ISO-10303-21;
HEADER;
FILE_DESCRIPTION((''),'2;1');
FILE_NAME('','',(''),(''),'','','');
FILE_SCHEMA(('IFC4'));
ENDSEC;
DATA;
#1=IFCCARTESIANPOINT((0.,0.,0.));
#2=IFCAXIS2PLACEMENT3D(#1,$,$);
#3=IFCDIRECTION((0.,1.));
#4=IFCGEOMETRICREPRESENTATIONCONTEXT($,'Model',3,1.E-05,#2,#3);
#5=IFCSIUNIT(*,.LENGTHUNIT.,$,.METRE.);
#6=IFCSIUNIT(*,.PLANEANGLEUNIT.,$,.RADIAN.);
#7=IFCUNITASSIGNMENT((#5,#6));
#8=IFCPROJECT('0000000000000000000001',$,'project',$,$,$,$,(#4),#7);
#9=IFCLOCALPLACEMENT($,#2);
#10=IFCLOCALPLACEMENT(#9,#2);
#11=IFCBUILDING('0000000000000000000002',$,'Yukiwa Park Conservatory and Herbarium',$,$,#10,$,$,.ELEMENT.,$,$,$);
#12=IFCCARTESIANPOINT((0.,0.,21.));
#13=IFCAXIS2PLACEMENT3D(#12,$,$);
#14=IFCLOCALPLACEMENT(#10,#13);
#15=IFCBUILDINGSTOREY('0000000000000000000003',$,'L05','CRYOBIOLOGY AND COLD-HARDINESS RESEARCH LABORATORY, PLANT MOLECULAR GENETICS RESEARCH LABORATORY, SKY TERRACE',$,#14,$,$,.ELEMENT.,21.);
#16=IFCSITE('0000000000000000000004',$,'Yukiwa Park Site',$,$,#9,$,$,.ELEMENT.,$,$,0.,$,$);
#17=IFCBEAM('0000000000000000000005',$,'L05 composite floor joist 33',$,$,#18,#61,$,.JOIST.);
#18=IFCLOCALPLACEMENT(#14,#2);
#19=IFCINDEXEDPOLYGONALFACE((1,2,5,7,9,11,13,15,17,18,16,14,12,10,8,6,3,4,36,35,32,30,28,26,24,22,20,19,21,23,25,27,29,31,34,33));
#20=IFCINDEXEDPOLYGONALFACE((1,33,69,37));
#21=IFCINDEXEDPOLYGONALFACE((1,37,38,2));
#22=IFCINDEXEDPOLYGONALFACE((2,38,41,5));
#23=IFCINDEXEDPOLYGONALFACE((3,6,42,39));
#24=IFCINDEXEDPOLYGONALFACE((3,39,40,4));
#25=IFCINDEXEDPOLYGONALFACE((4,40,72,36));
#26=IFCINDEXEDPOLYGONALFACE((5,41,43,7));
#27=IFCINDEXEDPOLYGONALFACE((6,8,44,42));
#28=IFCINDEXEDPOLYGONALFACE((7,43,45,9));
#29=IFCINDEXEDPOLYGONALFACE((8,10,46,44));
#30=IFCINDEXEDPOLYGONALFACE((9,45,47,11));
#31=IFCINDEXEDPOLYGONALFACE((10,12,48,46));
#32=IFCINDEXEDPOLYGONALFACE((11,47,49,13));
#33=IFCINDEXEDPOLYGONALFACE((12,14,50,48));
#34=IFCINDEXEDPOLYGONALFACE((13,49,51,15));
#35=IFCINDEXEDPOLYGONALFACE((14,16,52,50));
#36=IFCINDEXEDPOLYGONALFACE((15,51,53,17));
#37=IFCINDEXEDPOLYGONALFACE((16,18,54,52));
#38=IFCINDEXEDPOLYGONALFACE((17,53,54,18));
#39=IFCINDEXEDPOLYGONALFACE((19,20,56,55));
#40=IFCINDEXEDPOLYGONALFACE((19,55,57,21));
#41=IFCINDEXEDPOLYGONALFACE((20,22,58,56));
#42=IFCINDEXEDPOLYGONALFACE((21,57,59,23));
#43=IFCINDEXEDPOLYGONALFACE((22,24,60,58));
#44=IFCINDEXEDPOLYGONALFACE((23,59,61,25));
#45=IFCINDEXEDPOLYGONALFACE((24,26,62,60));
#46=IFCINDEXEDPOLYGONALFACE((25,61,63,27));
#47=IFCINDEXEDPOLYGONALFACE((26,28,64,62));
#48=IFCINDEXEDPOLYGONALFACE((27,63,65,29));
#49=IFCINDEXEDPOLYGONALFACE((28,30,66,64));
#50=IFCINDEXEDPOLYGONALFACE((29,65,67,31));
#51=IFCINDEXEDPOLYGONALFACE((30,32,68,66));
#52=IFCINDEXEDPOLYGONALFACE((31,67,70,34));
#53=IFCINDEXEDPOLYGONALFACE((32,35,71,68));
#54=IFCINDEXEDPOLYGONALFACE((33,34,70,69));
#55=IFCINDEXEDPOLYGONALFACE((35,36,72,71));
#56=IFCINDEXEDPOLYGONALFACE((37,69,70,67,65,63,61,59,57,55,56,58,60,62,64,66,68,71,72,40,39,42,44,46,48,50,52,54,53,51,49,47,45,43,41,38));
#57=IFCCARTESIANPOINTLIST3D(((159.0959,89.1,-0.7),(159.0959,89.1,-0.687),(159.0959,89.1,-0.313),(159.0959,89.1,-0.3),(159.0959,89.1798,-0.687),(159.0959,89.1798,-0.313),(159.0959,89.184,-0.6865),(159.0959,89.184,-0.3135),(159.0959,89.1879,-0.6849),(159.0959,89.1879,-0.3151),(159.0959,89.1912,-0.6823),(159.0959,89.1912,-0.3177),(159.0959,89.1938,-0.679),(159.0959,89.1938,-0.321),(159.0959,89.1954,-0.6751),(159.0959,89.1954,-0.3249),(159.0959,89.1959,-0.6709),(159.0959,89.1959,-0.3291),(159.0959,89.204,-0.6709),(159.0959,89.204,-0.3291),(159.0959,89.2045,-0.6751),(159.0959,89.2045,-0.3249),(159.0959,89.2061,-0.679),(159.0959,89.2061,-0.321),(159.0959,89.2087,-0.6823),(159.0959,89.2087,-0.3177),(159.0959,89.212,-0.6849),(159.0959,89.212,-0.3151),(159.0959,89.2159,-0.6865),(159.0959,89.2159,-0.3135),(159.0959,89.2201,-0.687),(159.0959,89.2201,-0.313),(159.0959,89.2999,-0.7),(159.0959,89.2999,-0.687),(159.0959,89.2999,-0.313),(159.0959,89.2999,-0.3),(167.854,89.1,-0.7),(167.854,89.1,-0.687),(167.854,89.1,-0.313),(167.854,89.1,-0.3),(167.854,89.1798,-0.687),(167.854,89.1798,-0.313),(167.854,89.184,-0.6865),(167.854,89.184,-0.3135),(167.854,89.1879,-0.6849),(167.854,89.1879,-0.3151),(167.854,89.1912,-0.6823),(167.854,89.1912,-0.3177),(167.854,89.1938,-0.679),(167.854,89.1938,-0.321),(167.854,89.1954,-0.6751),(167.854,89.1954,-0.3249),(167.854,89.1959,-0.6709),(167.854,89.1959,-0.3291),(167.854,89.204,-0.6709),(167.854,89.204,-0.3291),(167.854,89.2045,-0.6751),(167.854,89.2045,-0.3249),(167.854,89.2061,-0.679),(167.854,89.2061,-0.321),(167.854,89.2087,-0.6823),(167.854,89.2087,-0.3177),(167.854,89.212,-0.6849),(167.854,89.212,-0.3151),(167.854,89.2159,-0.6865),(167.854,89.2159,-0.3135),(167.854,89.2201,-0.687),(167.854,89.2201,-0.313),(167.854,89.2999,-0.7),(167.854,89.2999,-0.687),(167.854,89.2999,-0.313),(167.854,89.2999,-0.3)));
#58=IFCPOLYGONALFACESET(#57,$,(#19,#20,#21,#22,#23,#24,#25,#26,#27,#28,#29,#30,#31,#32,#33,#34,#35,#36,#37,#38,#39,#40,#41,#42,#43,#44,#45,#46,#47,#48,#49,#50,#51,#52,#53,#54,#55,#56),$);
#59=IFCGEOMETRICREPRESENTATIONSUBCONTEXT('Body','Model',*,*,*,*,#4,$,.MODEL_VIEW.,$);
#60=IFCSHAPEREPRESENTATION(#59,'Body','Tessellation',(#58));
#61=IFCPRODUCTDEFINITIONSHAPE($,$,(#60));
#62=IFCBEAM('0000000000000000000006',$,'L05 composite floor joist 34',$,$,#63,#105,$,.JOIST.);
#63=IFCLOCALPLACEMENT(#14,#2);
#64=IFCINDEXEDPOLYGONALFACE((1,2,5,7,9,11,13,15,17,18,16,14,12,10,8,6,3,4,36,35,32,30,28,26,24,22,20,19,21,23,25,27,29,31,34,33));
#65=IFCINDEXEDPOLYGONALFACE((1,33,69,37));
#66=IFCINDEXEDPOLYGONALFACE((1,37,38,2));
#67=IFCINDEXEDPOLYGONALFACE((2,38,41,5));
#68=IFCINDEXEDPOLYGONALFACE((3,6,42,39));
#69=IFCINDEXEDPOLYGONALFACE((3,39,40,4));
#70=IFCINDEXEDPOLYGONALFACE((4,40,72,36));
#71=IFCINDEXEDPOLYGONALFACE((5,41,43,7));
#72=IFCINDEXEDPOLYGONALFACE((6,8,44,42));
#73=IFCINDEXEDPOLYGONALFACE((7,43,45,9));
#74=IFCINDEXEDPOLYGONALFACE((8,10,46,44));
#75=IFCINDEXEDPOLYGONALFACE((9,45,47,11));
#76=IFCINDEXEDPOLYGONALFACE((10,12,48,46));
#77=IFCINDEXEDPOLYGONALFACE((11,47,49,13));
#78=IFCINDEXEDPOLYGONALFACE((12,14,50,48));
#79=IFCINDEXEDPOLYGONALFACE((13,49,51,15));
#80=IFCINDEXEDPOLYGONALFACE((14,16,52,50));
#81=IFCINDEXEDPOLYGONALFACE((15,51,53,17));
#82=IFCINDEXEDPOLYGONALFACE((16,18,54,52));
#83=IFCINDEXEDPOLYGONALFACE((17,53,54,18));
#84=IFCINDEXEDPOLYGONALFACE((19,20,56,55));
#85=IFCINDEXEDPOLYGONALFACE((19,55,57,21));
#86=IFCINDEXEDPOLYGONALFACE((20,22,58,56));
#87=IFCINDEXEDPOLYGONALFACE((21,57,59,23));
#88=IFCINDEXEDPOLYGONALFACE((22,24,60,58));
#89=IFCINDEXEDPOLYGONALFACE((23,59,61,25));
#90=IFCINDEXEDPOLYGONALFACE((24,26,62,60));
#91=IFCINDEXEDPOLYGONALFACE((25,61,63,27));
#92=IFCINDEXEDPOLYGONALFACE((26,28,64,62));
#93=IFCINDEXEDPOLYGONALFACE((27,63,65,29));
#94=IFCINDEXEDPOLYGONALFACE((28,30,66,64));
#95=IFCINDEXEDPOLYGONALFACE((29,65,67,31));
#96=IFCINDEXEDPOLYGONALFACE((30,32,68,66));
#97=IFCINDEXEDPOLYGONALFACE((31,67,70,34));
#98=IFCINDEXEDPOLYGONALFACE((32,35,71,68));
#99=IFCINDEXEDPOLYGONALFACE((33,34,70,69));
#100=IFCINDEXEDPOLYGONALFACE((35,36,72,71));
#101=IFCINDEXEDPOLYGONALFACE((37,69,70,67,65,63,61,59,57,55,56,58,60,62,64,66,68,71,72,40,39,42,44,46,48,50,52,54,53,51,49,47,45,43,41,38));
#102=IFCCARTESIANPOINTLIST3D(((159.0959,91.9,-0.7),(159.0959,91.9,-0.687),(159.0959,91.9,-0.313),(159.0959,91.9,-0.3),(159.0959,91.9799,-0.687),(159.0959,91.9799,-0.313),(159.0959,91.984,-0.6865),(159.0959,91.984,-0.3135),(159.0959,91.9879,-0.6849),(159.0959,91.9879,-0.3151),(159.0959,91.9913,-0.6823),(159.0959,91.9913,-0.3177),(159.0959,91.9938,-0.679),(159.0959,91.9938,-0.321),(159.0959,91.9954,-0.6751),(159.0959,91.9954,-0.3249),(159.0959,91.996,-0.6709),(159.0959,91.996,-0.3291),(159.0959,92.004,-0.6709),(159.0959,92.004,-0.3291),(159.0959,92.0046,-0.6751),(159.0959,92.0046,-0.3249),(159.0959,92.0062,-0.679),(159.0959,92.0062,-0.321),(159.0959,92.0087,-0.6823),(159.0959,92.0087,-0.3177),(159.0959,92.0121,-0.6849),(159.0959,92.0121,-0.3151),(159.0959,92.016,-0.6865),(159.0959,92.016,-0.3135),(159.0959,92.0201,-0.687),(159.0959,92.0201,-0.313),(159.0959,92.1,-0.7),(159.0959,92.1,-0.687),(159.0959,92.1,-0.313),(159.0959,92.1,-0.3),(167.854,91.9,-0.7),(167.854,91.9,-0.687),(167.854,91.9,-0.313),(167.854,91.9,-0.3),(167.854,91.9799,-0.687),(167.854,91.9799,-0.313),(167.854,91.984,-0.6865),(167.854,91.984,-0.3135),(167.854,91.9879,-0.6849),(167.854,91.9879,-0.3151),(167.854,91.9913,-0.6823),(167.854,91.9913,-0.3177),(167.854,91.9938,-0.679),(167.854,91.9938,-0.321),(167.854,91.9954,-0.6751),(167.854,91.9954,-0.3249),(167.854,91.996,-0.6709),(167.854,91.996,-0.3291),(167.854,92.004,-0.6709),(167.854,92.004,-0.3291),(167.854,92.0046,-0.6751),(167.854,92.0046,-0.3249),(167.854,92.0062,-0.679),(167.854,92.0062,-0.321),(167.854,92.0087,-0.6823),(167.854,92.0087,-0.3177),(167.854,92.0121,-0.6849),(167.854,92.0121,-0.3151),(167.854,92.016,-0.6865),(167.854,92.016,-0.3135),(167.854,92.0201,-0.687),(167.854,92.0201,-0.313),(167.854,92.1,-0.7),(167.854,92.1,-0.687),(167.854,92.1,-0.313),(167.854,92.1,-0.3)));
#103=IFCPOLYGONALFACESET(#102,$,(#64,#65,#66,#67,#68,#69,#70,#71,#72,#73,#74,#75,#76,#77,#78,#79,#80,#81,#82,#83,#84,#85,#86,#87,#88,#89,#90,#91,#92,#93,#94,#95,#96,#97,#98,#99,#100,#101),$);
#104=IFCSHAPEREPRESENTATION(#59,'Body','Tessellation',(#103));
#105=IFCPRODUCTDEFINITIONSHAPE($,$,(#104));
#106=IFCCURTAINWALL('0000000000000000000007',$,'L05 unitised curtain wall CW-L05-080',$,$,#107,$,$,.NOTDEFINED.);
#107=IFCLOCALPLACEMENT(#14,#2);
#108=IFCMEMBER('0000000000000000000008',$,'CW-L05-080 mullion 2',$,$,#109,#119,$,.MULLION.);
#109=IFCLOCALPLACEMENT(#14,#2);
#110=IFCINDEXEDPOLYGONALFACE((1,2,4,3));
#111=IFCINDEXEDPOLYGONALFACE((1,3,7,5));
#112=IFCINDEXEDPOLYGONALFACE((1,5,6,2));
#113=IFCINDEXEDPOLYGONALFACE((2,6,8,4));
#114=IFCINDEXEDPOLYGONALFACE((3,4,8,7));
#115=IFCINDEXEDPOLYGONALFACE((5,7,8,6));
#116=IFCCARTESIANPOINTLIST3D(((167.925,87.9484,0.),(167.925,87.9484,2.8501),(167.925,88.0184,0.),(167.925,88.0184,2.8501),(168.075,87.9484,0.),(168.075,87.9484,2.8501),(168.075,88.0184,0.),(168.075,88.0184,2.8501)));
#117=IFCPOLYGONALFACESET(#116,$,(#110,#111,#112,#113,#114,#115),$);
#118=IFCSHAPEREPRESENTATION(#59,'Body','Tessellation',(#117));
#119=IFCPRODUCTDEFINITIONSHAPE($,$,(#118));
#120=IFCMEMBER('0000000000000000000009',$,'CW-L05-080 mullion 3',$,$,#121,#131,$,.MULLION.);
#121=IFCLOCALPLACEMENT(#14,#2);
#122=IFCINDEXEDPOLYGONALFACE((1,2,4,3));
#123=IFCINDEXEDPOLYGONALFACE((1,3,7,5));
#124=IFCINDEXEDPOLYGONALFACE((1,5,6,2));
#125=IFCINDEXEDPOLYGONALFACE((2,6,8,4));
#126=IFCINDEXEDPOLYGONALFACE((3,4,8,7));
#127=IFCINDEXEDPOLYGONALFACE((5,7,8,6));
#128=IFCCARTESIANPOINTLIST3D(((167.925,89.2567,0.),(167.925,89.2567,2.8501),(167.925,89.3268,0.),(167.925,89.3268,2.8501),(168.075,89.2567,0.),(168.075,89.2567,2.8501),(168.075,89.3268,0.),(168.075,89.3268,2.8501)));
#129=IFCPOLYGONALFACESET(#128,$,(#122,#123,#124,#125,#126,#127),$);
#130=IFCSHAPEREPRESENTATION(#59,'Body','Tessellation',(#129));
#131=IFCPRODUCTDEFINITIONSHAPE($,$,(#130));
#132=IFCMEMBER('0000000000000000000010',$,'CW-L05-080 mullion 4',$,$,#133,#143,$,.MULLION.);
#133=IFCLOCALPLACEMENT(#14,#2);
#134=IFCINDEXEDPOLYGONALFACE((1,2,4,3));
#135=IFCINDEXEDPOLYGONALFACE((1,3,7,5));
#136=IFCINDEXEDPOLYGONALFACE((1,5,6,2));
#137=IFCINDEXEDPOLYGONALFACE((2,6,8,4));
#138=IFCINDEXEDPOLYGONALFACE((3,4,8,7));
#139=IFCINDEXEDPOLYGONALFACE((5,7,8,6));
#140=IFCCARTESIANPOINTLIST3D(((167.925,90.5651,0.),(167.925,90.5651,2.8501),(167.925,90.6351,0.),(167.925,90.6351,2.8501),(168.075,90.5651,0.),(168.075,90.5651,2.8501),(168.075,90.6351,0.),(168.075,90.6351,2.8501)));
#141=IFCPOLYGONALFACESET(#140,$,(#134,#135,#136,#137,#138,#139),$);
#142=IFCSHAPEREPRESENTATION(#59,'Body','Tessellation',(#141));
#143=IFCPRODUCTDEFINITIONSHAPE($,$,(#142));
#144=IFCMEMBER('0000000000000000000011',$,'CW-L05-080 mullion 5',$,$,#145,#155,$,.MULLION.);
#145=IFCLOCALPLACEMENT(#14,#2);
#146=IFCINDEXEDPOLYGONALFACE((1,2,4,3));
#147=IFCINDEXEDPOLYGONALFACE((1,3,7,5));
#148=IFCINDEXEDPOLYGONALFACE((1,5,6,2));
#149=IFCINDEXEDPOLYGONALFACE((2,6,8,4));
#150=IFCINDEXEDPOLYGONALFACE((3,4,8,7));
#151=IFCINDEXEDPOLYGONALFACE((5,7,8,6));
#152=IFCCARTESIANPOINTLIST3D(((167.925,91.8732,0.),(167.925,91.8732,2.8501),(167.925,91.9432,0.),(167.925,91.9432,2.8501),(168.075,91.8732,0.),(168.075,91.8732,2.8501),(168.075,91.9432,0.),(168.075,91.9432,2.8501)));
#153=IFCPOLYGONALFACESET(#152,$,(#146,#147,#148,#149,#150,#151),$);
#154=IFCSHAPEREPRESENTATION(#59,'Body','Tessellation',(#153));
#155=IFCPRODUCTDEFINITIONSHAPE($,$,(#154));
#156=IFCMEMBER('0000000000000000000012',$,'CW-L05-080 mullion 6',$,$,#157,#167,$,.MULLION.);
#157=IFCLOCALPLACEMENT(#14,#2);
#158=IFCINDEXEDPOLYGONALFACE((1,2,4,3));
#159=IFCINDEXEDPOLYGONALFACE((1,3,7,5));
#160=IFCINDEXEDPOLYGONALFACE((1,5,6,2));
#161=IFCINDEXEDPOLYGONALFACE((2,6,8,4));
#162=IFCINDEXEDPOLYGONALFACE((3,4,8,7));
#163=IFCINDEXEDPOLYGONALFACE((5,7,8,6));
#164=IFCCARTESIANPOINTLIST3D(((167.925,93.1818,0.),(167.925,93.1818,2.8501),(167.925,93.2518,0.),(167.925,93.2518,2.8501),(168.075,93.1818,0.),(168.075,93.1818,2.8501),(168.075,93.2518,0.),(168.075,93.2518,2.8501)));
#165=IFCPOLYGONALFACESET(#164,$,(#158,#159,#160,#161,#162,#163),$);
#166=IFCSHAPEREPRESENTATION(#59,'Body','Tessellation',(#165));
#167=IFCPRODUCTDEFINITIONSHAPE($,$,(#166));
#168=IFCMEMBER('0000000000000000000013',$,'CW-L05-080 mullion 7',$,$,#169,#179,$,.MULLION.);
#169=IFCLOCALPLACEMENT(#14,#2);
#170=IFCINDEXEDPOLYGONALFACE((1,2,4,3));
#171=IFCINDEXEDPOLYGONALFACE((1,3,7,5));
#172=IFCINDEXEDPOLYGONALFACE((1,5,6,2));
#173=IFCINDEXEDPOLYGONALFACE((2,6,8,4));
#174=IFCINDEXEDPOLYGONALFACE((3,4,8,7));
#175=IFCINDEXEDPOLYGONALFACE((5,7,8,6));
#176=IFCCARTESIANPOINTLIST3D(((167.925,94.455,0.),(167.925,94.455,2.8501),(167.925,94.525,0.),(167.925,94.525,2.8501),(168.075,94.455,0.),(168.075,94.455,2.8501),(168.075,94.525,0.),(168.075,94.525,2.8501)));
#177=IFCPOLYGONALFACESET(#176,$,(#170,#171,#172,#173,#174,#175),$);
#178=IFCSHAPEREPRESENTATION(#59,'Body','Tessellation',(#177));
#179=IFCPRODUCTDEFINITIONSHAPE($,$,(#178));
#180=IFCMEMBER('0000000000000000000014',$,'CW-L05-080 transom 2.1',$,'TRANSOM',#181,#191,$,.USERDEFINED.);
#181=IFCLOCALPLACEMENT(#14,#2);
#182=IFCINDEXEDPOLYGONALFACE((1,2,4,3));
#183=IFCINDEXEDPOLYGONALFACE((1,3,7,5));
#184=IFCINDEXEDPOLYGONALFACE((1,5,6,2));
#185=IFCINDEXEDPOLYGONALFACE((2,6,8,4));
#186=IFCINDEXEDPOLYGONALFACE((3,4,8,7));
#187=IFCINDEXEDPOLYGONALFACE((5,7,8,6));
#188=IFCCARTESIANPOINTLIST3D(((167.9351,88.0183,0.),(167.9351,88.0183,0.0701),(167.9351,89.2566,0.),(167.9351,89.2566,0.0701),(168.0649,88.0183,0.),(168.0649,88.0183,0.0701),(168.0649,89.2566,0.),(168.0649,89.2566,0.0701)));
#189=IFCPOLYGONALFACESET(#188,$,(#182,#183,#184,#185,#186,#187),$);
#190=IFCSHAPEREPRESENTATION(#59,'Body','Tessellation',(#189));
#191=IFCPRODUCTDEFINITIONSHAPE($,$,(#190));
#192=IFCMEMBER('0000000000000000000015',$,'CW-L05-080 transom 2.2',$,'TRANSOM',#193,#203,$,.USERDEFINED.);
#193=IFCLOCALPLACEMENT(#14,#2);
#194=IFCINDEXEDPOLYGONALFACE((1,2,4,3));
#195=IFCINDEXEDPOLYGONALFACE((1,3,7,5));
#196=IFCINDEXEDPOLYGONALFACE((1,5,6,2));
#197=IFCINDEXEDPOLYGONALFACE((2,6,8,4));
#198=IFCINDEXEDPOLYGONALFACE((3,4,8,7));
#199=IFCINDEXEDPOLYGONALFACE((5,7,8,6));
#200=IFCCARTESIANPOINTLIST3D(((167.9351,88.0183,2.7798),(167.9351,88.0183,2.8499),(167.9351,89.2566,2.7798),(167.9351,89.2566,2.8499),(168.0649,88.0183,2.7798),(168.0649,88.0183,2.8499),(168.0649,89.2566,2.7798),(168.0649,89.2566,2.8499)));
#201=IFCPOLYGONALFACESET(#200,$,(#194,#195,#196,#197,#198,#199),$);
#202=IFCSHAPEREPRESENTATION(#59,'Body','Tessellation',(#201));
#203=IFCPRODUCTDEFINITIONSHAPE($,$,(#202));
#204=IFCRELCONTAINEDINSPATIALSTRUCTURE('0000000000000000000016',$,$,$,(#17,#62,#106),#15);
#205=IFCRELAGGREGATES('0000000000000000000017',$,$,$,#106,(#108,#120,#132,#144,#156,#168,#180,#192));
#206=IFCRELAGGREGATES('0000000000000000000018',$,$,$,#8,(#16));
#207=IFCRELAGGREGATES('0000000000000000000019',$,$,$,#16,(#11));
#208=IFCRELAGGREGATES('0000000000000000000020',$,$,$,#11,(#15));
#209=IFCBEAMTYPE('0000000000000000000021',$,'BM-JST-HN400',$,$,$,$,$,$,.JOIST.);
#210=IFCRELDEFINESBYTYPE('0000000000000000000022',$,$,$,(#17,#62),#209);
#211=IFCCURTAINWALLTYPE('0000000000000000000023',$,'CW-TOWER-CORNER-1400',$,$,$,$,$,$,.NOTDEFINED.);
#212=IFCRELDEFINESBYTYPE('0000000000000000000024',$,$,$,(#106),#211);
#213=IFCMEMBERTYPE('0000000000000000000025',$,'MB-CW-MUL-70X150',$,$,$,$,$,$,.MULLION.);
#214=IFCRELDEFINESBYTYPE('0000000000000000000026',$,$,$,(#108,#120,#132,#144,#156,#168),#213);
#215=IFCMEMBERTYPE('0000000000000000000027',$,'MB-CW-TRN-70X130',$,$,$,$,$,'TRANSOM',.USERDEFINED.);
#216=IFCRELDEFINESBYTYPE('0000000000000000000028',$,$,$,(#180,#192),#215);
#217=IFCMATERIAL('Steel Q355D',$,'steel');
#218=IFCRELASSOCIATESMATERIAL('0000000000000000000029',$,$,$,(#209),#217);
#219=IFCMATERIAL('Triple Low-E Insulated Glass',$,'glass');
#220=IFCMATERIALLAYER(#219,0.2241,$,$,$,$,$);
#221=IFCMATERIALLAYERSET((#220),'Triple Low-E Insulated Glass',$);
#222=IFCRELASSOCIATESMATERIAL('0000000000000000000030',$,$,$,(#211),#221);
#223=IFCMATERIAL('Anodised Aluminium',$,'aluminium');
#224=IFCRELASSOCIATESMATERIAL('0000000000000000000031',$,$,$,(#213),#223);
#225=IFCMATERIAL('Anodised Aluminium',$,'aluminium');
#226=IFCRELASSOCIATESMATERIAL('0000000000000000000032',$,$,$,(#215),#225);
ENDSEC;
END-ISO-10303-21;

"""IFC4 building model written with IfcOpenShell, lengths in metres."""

from ifc_helpers import new_model, si_unit, direction, frame, origin, origin_2d, place, context, subcontext, project, spatial, rectangle, i_section, extrude, material, layer, layer_set, material_profile, profile_set, type_object, element, aggregate, save


model = new_model("IFC4")

# Units and contexts
model_context = context("Model", 3, precision=1e-05, world=origin(), true_north=direction((0.0, 1.0)))
body_context = subcontext(model_context, "Body", "Model", "MODEL_VIEW")
ifc_project = project(units=[si_unit("LENGTHUNIT", "METRE"), si_unit("PLANEANGLEUNIT", "RADIAN")], contexts=[model_context])

# Site, building, storey
site_placement = place(None, origin())
site = spatial("IfcSite", under=ifc_project, at=site_placement, Name="Yukiwa Park Site", CompositionType="ELEMENT", RefElevation=0.0)
building_placement = place(site_placement, origin())
building = spatial("IfcBuilding", under=site, at=building_placement, Name="Yukiwa Park Conservatory and Herbarium", CompositionType="ELEMENT")
storey_placement = place(building_placement, frame((0.0, 0.0, 21.0)))
storey = spatial("IfcBuildingStorey", under=building, at=storey_placement, Name="L05", Description="CRYOBIOLOGY AND COLD-HARDINESS RESEARCH LABORATORY, PLANT MOLECULAR GENETICS RESEARCH LABORATORY, SKY TERRACE", CompositionType="ELEMENT", Elevation=21.0)

# Beams
ifc_material_1 = material(Name="Steel Q355D", Category="steel")
ifc_material_profile = material_profile(ifc_material_1, i_section(OverallWidth=0.2, OverallDepth=0.3999, WebThickness=0.0081, FlangeThickness=0.0129, FilletRadius=0.0161, at=origin_2d()), Name="HN 400x200x8x13")
ifc_profile_set = profile_set([ifc_material_profile], Name="Steel Q355D")
beam_type = type_object("IfcBeamType", Name="BM-JST-HN400", PredefinedType="JOIST", material=ifc_profile_set)
for number, where, z_axis, x_axis, name in (
    (1, (159.0959, 89.2, -0.5), (1.0, 0.0, 0.0), (0.0, 1.0, 0.0), "L05 composite floor joist 33"),
    (2, (159.0959, 92.0, -0.5), (1.0, 0.0, 0.0), (0.0, 1.0, 0.0), "L05 composite floor joist 34"),
):
    element("IfcBeam", number, at=place(storey_placement, frame(where, z_axis=z_axis, x_axis=x_axis)), inside=storey, type_object=beam_type, Name=name, PredefinedType="JOIST", context=body_context, shape_type="SweptSolid", body=[
        extrude(i_section(OverallWidth=0.2, OverallDepth=0.3999, WebThickness=0.0081, FlangeThickness=0.0129, FilletRadius=0.0161, at=origin_2d()), origin(), (0.0, 0.0, 1.0), 8.7581),
    ])

# Curtain wall, members
ifc_material_2 = material(Name="Triple Low-E Insulated Glass", Category="glass")
ifc_layer_1 = layer(ifc_material_2, 0.2241)
ifc_layer_set_1 = layer_set([ifc_layer_1], Name="Triple Low-E Insulated Glass")
curtain_wall_type = type_object("IfcCurtainWallType", Name="CW-TOWER-CORNER-1400", PredefinedType="NOTDEFINED", material=ifc_layer_set_1)
curtain_wall_placement = place(storey_placement, origin())
curtain_wall = element("IfcCurtainWall", 3, at=curtain_wall_placement, inside=storey, type_object=curtain_wall_type, Name="L05 unitised curtain wall CW-L05-080", PredefinedType="NOTDEFINED")
ifc_material_3 = material(Name="Anodised Aluminium", Category="aluminium")
member_type_1 = type_object("IfcMemberType", Name="MB-CW-MUL-70X150", PredefinedType="MULLION", material=ifc_material_3)
member_1_placement = place(storey_placement, frame((168.0, 87.9834, 0.0), z_axis=(0.0, 0.0, 1.0), x_axis=(0.0, 1.0, 0.0)))
member_1 = element("IfcMember", 4, at=member_1_placement, type_object=member_type_1, Name="CW-L05-080 mullion 2", PredefinedType="MULLION", context=body_context, shape_type="SweptSolid", body=[
    extrude(rectangle(XDim=0.0701, YDim=0.1499, at=origin_2d()), origin(), (0.0, 0.0, 1.0), 2.8501),
])
member_2_placement = place(storey_placement, frame((168.0, 89.2917, 0.0), z_axis=(0.0, 0.0, 1.0), x_axis=(0.0, 1.0, 0.0)))
member_2 = element("IfcMember", 5, at=member_2_placement, type_object=member_type_1, Name="CW-L05-080 mullion 3", PredefinedType="MULLION", context=body_context, shape_type="SweptSolid", body=[
    extrude(rectangle(XDim=0.0701, YDim=0.1499, at=origin_2d()), origin(), (0.0, 0.0, 1.0), 2.8501),
])
member_3_placement = place(storey_placement, frame((168.0, 90.6001, 0.0), z_axis=(0.0, 0.0, 1.0), x_axis=(0.0, 1.0, 0.0)))
member_3 = element("IfcMember", 6, at=member_3_placement, type_object=member_type_1, Name="CW-L05-080 mullion 4", PredefinedType="MULLION", context=body_context, shape_type="SweptSolid", body=[
    extrude(rectangle(XDim=0.0701, YDim=0.1499, at=origin_2d()), origin(), (0.0, 0.0, 1.0), 2.8501),
])
member_4_placement = place(storey_placement, frame((168.0, 91.9082, 0.0), z_axis=(0.0, 0.0, 1.0), x_axis=(0.0, 1.0, 0.0)))
member_4 = element("IfcMember", 7, at=member_4_placement, type_object=member_type_1, Name="CW-L05-080 mullion 5", PredefinedType="MULLION", context=body_context, shape_type="SweptSolid", body=[
    extrude(rectangle(XDim=0.0701, YDim=0.1499, at=origin_2d()), origin(), (0.0, 0.0, 1.0), 2.8501),
])
member_5_placement = place(storey_placement, frame((168.0, 93.2168, 0.0), z_axis=(0.0, 0.0, 1.0), x_axis=(0.0, 1.0, 0.0)))
member_5 = element("IfcMember", 8, at=member_5_placement, type_object=member_type_1, Name="CW-L05-080 mullion 6", PredefinedType="MULLION", context=body_context, shape_type="SweptSolid", body=[
    extrude(rectangle(XDim=0.0701, YDim=0.1499, at=origin_2d()), origin(), (0.0, 0.0, 1.0), 2.8501),
])
member_6_placement = place(storey_placement, frame((168.0, 94.49, 0.0), z_axis=(0.0, 0.0, 1.0), x_axis=(0.0, 1.0, 0.0)))
member_6 = element("IfcMember", 9, at=member_6_placement, type_object=member_type_1, Name="CW-L05-080 mullion 7", PredefinedType="MULLION", context=body_context, shape_type="SweptSolid", body=[
    extrude(rectangle(XDim=0.0701, YDim=0.1499, at=origin_2d()), origin(), (0.0, 0.0, 1.0), 2.8501),
])
ifc_material_4 = material(Name="Anodised Aluminium", Category="aluminium")
member_type_2 = type_object("IfcMemberType", Name="MB-CW-TRN-70X130", ElementType="TRANSOM", PredefinedType="USERDEFINED", material=ifc_material_4)
member_7_placement = place(storey_placement, frame((168.0, 88.6375, 0.0), z_axis=(0.0, 0.0, 1.0), x_axis=(0.0, 1.0, 0.0)))
member_7 = element("IfcMember", 10, at=member_7_placement, type_object=member_type_2, Name="CW-L05-080 transom 2.1", ObjectType="TRANSOM", PredefinedType="USERDEFINED", context=body_context, shape_type="SweptSolid", body=[
    extrude(rectangle(XDim=1.2383, YDim=0.1299, at=origin_2d()), origin(), (0.0, 0.0, 1.0), 0.0701),
])
member_8_placement = place(storey_placement, frame((168.0, 88.6375, 2.7798), z_axis=(0.0, 0.0, 1.0), x_axis=(0.0, 1.0, 0.0)))
member_8 = element("IfcMember", 11, at=member_8_placement, type_object=member_type_2, Name="CW-L05-080 transom 2.2", ObjectType="TRANSOM", PredefinedType="USERDEFINED", context=body_context, shape_type="SweptSolid", body=[
    extrude(rectangle(XDim=1.2383, YDim=0.1299, at=origin_2d()), origin(), (0.0, 0.0, 1.0), 0.0701),
])
aggregate(curtain_wall, [member_1, member_2, member_3, member_4, member_5, member_6, member_7, member_8])

save(model, "model.ifc")
